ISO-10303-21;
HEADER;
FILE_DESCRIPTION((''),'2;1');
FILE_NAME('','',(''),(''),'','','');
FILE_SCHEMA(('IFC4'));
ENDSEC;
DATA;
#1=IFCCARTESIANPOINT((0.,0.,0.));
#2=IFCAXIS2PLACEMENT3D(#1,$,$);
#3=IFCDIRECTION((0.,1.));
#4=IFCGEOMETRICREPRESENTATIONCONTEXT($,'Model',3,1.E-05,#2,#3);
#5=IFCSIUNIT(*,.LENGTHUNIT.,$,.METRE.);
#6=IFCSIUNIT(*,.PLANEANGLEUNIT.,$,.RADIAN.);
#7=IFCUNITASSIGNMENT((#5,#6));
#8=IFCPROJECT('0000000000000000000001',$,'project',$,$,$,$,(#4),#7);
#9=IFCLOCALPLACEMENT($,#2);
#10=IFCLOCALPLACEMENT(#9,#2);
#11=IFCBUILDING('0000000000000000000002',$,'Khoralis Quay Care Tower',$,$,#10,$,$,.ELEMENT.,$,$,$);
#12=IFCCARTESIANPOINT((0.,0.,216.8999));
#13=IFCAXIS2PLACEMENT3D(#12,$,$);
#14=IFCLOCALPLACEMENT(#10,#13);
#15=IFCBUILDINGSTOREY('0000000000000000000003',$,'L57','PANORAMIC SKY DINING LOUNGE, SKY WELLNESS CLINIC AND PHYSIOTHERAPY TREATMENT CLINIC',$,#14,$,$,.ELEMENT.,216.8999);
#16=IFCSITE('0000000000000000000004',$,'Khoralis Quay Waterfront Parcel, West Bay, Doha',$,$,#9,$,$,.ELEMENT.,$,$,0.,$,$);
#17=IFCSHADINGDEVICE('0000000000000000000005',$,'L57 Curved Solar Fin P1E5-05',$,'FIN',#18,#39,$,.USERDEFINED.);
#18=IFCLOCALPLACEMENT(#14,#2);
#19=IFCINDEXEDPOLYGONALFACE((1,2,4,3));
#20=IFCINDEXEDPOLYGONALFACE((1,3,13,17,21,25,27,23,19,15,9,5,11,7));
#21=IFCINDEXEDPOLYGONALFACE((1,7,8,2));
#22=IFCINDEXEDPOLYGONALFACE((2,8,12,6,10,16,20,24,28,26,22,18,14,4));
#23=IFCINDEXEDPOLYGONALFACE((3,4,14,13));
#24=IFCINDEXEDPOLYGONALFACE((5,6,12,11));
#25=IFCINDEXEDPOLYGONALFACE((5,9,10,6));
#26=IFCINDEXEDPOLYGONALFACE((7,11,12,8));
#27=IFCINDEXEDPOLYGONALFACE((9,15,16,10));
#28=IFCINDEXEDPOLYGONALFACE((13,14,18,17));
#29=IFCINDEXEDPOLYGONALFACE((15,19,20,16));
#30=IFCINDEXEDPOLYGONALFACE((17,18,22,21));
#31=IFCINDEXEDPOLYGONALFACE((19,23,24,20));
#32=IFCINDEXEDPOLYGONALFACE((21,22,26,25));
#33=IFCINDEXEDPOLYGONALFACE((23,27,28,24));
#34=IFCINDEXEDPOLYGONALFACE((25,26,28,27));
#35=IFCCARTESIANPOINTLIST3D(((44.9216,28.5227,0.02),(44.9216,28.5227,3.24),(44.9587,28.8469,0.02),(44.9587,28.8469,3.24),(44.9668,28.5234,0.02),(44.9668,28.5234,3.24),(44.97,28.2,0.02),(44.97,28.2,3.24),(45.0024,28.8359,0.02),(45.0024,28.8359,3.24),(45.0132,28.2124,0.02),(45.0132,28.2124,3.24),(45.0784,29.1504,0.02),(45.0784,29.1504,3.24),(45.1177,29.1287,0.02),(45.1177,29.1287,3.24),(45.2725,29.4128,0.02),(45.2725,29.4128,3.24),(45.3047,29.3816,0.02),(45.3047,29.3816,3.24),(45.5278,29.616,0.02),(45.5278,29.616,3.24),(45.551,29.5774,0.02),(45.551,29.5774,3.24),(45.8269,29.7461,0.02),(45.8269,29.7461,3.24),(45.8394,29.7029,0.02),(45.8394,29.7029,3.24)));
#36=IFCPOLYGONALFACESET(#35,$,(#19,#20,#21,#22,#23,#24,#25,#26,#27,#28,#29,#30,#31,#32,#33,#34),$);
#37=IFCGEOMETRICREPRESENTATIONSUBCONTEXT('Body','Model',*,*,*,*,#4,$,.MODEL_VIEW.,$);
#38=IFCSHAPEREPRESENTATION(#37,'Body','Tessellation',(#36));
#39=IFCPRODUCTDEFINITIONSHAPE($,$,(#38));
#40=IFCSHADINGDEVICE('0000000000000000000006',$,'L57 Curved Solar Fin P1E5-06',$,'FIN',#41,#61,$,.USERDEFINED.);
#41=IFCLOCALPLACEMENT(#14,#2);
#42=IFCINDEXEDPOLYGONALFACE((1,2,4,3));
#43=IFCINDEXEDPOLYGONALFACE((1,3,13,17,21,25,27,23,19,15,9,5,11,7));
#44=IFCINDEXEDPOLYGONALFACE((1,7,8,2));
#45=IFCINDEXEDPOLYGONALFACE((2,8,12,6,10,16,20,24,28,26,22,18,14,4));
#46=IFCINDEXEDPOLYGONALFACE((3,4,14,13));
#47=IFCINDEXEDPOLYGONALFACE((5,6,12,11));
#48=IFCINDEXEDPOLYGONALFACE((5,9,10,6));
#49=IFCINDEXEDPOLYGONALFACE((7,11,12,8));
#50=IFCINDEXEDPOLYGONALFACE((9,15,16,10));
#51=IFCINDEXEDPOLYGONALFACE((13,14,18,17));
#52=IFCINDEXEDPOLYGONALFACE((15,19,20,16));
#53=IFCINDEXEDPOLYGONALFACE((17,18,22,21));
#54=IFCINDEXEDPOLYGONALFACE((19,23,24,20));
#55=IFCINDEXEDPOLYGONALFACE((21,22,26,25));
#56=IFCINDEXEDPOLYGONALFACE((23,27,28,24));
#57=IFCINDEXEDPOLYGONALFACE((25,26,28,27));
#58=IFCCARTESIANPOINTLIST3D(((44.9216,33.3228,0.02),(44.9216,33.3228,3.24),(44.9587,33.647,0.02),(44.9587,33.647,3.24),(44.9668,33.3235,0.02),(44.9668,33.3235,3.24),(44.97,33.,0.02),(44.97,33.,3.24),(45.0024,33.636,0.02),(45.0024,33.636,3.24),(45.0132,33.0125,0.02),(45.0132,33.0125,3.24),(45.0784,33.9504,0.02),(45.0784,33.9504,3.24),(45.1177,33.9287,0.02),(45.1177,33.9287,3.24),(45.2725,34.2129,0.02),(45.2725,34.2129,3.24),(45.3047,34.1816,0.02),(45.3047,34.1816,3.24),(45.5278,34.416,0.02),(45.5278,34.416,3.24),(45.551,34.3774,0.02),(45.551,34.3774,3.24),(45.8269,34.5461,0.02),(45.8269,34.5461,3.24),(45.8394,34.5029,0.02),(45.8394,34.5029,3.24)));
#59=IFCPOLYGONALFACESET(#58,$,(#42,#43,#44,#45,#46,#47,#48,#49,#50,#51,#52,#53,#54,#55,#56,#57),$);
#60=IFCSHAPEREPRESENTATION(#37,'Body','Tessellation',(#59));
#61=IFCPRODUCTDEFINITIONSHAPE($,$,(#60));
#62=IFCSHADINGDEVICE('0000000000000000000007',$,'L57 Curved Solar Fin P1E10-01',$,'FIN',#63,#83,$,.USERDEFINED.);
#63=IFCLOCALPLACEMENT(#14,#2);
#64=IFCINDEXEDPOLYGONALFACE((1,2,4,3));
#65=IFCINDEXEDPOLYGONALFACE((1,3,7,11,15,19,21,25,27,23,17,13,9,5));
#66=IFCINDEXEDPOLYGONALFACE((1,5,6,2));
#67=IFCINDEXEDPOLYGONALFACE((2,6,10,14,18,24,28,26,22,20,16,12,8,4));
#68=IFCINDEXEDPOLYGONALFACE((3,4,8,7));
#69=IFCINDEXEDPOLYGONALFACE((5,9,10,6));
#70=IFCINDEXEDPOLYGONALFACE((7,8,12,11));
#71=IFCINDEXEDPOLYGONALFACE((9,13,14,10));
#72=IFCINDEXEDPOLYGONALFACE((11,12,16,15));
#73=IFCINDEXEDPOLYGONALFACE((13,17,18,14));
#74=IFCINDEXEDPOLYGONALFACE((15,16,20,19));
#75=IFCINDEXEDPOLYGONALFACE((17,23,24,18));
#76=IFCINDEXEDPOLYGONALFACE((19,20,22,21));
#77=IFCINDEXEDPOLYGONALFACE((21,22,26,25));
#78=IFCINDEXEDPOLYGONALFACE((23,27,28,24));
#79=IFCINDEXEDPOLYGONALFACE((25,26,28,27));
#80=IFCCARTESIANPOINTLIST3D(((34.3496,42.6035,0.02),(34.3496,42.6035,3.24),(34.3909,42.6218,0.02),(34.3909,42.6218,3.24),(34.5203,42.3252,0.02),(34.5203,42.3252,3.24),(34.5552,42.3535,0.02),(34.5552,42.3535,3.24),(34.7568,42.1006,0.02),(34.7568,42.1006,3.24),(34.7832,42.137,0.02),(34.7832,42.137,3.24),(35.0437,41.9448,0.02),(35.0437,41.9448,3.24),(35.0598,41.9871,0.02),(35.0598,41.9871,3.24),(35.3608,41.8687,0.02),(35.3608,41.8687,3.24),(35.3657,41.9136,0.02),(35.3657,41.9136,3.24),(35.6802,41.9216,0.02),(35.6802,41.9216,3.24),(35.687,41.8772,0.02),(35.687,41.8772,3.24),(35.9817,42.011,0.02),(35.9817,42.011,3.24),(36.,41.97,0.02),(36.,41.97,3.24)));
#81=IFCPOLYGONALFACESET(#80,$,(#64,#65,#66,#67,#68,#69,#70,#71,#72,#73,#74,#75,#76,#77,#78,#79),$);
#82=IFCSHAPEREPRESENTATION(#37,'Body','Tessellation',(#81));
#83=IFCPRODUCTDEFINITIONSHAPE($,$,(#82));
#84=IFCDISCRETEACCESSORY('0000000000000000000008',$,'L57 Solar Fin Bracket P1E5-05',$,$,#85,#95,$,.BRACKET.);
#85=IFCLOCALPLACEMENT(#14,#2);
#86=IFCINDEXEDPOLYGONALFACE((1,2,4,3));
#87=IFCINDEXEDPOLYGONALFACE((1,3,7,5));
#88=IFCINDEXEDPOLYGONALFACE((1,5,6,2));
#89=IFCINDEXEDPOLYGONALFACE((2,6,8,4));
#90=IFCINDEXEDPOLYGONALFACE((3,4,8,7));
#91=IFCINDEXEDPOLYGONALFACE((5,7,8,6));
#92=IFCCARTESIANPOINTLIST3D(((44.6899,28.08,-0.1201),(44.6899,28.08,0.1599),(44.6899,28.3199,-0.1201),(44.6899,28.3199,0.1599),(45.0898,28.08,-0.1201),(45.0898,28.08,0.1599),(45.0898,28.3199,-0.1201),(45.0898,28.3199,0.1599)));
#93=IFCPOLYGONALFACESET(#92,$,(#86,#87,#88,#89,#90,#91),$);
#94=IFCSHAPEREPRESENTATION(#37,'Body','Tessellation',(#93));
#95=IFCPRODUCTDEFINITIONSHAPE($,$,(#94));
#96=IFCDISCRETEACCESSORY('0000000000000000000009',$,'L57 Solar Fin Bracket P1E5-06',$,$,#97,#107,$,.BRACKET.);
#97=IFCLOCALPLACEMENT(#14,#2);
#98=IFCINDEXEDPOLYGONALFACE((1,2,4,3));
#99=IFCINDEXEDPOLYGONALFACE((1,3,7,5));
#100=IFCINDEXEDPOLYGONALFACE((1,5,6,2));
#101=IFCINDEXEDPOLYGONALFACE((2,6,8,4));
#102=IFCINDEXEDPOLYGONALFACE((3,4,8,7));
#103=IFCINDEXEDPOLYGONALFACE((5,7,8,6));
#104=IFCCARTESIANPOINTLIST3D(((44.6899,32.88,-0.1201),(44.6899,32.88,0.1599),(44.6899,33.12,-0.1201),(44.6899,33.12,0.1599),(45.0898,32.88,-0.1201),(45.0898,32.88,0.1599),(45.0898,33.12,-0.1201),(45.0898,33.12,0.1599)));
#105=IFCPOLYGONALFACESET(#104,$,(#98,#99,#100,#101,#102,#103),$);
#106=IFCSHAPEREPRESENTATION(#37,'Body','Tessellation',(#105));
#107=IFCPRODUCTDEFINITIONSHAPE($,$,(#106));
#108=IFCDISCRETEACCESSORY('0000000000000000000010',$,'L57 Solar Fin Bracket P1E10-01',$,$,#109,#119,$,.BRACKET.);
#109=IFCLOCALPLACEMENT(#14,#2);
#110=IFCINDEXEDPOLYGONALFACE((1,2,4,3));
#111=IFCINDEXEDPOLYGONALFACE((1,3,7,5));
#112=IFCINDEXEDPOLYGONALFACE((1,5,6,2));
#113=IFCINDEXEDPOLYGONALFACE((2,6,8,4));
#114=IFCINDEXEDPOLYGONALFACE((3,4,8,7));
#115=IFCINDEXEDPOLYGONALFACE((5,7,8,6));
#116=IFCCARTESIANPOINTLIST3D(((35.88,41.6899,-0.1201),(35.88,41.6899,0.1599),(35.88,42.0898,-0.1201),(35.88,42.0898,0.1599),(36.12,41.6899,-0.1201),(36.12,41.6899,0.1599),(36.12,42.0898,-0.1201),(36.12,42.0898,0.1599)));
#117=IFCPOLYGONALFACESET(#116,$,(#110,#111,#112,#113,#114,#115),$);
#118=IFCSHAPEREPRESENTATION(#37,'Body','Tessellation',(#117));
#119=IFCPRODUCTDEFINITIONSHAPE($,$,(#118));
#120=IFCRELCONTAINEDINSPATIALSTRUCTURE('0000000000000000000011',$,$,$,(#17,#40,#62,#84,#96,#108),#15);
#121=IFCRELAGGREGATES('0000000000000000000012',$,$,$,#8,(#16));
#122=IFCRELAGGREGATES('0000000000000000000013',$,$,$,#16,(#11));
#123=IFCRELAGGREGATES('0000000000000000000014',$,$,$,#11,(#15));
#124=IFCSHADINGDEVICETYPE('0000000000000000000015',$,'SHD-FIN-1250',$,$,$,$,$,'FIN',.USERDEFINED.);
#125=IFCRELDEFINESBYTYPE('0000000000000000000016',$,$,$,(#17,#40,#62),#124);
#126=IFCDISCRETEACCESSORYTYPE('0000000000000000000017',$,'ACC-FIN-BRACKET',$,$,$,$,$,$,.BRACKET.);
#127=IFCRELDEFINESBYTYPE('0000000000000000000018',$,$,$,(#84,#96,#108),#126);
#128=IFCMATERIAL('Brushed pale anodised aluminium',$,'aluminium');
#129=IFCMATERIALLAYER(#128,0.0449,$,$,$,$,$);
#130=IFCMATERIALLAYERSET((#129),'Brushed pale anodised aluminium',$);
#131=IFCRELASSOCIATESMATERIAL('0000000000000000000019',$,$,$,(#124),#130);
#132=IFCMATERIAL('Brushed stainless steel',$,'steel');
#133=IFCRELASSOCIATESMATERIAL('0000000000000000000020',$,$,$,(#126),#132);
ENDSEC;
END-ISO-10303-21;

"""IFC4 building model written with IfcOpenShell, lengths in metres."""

from ifc_helpers import new_model, si_unit, direction, frame, origin, origin_2d, place, context, subcontext, project, spatial, polyline, rectangle, outline, extrude, source, transform, mapped, material, layer, layer_set, type_object, element, save


model = new_model("IFC4")

# Units and contexts
model_context = context("Model", 3, precision=1e-05, world=origin(), true_north=direction((0.0, 1.0)))
body_context = subcontext(model_context, "Body", "Model", "MODEL_VIEW")
ifc_project = project(units=[si_unit("LENGTHUNIT", "METRE"), si_unit("PLANEANGLEUNIT", "RADIAN")], contexts=[model_context])

# Site, building, storey
site_placement = place(None, origin())
site = spatial("IfcSite", under=ifc_project, at=site_placement, Name="Khoralis Quay Waterfront Parcel, West Bay, Doha", CompositionType="ELEMENT", RefElevation=0.0)
building_placement = place(site_placement, origin())
building = spatial("IfcBuilding", under=site, at=building_placement, Name="Khoralis Quay Care Tower", CompositionType="ELEMENT")
storey_placement = place(building_placement, frame((0.0, 0.0, 216.8999)))
storey = spatial("IfcBuildingStorey", under=building, at=storey_placement, Name="L57", Description="PANORAMIC SKY DINING LOUNGE, SKY WELLNESS CLINIC AND PHYSIOTHERAPY TREATMENT CLINIC", CompositionType="ELEMENT", Elevation=216.8999)

# Shading devices
ifc_material_1 = material(Name="Brushed pale anodised aluminium", Category="aluminium")
ifc_layer_1 = layer(ifc_material_1, 0.0449)
ifc_layer_set_1 = layer_set([ifc_layer_1], Name="Brushed pale anodised aluminium")
shading_device_type = type_object("IfcShadingDeviceType", Name="SHD-FIN-1250", ElementType="FIN", PredefinedType="USERDEFINED", material=ifc_layer_set_1)
shared_shape_1 = source(origin(), body_context, "Body", "SweptSolid", [
    extrude(outline(polyline([(0.0, 0.0), (-0.0483, 0.3228), (-0.0112, 0.647), (0.1084, 0.9504), (0.3025, 1.2129), (0.5579, 1.416), (0.8569, 1.5461), (0.8694, 1.5029), (0.5811, 1.3774), (0.3347, 1.1816), (0.1477, 0.9287), (0.0325, 0.636), (-0.0032, 0.3235), (0.0432, 0.0125), (0.0, 0.0)])), origin(), (0.0, 0.0, 1.0), 3.22),
])
for number, where, z_axis, x_axis, name in (
    (1, (44.97, 28.2, 0.02), (0.0, 0.0, 1.0), (1.0, 0.0, 0.0), "L57 Curved Solar Fin P1E5-05"),
    (2, (44.97, 33.0, 0.02), (0.0, 0.0, 1.0), (1.0, 0.0, 0.0), "L57 Curved Solar Fin P1E5-06"),
):
    element("IfcShadingDevice", number, at=place(storey_placement, frame(where, z_axis=z_axis, x_axis=x_axis)), inside=storey, type_object=shading_device_type, Name=name, ObjectType="FIN", PredefinedType="USERDEFINED", context=body_context, shape_type="MappedRepresentation", body=[
        mapped(shared_shape_1, transform((0.0, 0.0, 0.0), scale=1.0)),
    ])
shared_shape_2 = source(origin(), body_context, "Body", "SweptSolid", [
    extrude(outline(polyline([(0.0, 0.0), (-0.0928, 0.313), (-0.1013, 0.6392), (-0.0251, 0.9563), (0.1306, 1.2432), (0.3552, 1.4797), (0.6335, 1.6504), (0.6519, 1.6091), (0.3835, 1.4448), (0.167, 1.2168), (0.0171, 0.9402), (-0.0564, 0.6343), (-0.0483, 0.3198), (0.041, 0.0183), (0.0, 0.0)])), origin(), (0.0, 0.0, 1.0), 3.22),
])
shading_device_placement = place(storey_placement, frame((36.0, 41.97, 0.02), z_axis=(0.0, 0.0, 1.0), x_axis=(0.0, 1.0, 0.0)))
element("IfcShadingDevice", 3, at=shading_device_placement, inside=storey, type_object=shading_device_type, Name="L57 Curved Solar Fin P1E10-01", ObjectType="FIN", PredefinedType="USERDEFINED", context=body_context, shape_type="MappedRepresentation", body=[
    mapped(shared_shape_2, transform((0.0, 0.0, 0.0), scale=1.0)),
])

# Discrete accessories
ifc_material_2 = material(Name="Brushed stainless steel", Category="steel")
discrete_accessory_type = type_object("IfcDiscreteAccessoryType", Name="ACC-FIN-BRACKET", PredefinedType="BRACKET", material=ifc_material_2)
shared_shape_3 = source(origin(), body_context, "Body", "SweptSolid", [
    extrude(rectangle(XDim=0.3999, YDim=0.24, at=origin_2d()), origin(), (0.0, 0.0, 1.0), 0.28),
])
for number, where, z_axis, x_axis, name in (
    (4, (44.8899, 28.2, -0.1201), (0.0, 0.0, 1.0), (1.0, 0.0, 0.0), "L57 Solar Fin Bracket P1E5-05"),
    (5, (44.8899, 33.0, -0.1201), (0.0, 0.0, 1.0), (1.0, 0.0, 0.0), "L57 Solar Fin Bracket P1E5-06"),
    (6, (36.0, 41.8899, -0.1201), (0.0, 0.0, 1.0), (0.0, 1.0, 0.0), "L57 Solar Fin Bracket P1E10-01"),
):
    element("IfcDiscreteAccessory", number, at=place(storey_placement, frame(where, z_axis=z_axis, x_axis=x_axis)), inside=storey, type_object=discrete_accessory_type, Name=name, PredefinedType="BRACKET", context=body_context, shape_type="MappedRepresentation", body=[
        mapped(shared_shape_3, transform((0.0, 0.0, 0.0), scale=1.0)),
    ])

save(model, "model.ifc")
